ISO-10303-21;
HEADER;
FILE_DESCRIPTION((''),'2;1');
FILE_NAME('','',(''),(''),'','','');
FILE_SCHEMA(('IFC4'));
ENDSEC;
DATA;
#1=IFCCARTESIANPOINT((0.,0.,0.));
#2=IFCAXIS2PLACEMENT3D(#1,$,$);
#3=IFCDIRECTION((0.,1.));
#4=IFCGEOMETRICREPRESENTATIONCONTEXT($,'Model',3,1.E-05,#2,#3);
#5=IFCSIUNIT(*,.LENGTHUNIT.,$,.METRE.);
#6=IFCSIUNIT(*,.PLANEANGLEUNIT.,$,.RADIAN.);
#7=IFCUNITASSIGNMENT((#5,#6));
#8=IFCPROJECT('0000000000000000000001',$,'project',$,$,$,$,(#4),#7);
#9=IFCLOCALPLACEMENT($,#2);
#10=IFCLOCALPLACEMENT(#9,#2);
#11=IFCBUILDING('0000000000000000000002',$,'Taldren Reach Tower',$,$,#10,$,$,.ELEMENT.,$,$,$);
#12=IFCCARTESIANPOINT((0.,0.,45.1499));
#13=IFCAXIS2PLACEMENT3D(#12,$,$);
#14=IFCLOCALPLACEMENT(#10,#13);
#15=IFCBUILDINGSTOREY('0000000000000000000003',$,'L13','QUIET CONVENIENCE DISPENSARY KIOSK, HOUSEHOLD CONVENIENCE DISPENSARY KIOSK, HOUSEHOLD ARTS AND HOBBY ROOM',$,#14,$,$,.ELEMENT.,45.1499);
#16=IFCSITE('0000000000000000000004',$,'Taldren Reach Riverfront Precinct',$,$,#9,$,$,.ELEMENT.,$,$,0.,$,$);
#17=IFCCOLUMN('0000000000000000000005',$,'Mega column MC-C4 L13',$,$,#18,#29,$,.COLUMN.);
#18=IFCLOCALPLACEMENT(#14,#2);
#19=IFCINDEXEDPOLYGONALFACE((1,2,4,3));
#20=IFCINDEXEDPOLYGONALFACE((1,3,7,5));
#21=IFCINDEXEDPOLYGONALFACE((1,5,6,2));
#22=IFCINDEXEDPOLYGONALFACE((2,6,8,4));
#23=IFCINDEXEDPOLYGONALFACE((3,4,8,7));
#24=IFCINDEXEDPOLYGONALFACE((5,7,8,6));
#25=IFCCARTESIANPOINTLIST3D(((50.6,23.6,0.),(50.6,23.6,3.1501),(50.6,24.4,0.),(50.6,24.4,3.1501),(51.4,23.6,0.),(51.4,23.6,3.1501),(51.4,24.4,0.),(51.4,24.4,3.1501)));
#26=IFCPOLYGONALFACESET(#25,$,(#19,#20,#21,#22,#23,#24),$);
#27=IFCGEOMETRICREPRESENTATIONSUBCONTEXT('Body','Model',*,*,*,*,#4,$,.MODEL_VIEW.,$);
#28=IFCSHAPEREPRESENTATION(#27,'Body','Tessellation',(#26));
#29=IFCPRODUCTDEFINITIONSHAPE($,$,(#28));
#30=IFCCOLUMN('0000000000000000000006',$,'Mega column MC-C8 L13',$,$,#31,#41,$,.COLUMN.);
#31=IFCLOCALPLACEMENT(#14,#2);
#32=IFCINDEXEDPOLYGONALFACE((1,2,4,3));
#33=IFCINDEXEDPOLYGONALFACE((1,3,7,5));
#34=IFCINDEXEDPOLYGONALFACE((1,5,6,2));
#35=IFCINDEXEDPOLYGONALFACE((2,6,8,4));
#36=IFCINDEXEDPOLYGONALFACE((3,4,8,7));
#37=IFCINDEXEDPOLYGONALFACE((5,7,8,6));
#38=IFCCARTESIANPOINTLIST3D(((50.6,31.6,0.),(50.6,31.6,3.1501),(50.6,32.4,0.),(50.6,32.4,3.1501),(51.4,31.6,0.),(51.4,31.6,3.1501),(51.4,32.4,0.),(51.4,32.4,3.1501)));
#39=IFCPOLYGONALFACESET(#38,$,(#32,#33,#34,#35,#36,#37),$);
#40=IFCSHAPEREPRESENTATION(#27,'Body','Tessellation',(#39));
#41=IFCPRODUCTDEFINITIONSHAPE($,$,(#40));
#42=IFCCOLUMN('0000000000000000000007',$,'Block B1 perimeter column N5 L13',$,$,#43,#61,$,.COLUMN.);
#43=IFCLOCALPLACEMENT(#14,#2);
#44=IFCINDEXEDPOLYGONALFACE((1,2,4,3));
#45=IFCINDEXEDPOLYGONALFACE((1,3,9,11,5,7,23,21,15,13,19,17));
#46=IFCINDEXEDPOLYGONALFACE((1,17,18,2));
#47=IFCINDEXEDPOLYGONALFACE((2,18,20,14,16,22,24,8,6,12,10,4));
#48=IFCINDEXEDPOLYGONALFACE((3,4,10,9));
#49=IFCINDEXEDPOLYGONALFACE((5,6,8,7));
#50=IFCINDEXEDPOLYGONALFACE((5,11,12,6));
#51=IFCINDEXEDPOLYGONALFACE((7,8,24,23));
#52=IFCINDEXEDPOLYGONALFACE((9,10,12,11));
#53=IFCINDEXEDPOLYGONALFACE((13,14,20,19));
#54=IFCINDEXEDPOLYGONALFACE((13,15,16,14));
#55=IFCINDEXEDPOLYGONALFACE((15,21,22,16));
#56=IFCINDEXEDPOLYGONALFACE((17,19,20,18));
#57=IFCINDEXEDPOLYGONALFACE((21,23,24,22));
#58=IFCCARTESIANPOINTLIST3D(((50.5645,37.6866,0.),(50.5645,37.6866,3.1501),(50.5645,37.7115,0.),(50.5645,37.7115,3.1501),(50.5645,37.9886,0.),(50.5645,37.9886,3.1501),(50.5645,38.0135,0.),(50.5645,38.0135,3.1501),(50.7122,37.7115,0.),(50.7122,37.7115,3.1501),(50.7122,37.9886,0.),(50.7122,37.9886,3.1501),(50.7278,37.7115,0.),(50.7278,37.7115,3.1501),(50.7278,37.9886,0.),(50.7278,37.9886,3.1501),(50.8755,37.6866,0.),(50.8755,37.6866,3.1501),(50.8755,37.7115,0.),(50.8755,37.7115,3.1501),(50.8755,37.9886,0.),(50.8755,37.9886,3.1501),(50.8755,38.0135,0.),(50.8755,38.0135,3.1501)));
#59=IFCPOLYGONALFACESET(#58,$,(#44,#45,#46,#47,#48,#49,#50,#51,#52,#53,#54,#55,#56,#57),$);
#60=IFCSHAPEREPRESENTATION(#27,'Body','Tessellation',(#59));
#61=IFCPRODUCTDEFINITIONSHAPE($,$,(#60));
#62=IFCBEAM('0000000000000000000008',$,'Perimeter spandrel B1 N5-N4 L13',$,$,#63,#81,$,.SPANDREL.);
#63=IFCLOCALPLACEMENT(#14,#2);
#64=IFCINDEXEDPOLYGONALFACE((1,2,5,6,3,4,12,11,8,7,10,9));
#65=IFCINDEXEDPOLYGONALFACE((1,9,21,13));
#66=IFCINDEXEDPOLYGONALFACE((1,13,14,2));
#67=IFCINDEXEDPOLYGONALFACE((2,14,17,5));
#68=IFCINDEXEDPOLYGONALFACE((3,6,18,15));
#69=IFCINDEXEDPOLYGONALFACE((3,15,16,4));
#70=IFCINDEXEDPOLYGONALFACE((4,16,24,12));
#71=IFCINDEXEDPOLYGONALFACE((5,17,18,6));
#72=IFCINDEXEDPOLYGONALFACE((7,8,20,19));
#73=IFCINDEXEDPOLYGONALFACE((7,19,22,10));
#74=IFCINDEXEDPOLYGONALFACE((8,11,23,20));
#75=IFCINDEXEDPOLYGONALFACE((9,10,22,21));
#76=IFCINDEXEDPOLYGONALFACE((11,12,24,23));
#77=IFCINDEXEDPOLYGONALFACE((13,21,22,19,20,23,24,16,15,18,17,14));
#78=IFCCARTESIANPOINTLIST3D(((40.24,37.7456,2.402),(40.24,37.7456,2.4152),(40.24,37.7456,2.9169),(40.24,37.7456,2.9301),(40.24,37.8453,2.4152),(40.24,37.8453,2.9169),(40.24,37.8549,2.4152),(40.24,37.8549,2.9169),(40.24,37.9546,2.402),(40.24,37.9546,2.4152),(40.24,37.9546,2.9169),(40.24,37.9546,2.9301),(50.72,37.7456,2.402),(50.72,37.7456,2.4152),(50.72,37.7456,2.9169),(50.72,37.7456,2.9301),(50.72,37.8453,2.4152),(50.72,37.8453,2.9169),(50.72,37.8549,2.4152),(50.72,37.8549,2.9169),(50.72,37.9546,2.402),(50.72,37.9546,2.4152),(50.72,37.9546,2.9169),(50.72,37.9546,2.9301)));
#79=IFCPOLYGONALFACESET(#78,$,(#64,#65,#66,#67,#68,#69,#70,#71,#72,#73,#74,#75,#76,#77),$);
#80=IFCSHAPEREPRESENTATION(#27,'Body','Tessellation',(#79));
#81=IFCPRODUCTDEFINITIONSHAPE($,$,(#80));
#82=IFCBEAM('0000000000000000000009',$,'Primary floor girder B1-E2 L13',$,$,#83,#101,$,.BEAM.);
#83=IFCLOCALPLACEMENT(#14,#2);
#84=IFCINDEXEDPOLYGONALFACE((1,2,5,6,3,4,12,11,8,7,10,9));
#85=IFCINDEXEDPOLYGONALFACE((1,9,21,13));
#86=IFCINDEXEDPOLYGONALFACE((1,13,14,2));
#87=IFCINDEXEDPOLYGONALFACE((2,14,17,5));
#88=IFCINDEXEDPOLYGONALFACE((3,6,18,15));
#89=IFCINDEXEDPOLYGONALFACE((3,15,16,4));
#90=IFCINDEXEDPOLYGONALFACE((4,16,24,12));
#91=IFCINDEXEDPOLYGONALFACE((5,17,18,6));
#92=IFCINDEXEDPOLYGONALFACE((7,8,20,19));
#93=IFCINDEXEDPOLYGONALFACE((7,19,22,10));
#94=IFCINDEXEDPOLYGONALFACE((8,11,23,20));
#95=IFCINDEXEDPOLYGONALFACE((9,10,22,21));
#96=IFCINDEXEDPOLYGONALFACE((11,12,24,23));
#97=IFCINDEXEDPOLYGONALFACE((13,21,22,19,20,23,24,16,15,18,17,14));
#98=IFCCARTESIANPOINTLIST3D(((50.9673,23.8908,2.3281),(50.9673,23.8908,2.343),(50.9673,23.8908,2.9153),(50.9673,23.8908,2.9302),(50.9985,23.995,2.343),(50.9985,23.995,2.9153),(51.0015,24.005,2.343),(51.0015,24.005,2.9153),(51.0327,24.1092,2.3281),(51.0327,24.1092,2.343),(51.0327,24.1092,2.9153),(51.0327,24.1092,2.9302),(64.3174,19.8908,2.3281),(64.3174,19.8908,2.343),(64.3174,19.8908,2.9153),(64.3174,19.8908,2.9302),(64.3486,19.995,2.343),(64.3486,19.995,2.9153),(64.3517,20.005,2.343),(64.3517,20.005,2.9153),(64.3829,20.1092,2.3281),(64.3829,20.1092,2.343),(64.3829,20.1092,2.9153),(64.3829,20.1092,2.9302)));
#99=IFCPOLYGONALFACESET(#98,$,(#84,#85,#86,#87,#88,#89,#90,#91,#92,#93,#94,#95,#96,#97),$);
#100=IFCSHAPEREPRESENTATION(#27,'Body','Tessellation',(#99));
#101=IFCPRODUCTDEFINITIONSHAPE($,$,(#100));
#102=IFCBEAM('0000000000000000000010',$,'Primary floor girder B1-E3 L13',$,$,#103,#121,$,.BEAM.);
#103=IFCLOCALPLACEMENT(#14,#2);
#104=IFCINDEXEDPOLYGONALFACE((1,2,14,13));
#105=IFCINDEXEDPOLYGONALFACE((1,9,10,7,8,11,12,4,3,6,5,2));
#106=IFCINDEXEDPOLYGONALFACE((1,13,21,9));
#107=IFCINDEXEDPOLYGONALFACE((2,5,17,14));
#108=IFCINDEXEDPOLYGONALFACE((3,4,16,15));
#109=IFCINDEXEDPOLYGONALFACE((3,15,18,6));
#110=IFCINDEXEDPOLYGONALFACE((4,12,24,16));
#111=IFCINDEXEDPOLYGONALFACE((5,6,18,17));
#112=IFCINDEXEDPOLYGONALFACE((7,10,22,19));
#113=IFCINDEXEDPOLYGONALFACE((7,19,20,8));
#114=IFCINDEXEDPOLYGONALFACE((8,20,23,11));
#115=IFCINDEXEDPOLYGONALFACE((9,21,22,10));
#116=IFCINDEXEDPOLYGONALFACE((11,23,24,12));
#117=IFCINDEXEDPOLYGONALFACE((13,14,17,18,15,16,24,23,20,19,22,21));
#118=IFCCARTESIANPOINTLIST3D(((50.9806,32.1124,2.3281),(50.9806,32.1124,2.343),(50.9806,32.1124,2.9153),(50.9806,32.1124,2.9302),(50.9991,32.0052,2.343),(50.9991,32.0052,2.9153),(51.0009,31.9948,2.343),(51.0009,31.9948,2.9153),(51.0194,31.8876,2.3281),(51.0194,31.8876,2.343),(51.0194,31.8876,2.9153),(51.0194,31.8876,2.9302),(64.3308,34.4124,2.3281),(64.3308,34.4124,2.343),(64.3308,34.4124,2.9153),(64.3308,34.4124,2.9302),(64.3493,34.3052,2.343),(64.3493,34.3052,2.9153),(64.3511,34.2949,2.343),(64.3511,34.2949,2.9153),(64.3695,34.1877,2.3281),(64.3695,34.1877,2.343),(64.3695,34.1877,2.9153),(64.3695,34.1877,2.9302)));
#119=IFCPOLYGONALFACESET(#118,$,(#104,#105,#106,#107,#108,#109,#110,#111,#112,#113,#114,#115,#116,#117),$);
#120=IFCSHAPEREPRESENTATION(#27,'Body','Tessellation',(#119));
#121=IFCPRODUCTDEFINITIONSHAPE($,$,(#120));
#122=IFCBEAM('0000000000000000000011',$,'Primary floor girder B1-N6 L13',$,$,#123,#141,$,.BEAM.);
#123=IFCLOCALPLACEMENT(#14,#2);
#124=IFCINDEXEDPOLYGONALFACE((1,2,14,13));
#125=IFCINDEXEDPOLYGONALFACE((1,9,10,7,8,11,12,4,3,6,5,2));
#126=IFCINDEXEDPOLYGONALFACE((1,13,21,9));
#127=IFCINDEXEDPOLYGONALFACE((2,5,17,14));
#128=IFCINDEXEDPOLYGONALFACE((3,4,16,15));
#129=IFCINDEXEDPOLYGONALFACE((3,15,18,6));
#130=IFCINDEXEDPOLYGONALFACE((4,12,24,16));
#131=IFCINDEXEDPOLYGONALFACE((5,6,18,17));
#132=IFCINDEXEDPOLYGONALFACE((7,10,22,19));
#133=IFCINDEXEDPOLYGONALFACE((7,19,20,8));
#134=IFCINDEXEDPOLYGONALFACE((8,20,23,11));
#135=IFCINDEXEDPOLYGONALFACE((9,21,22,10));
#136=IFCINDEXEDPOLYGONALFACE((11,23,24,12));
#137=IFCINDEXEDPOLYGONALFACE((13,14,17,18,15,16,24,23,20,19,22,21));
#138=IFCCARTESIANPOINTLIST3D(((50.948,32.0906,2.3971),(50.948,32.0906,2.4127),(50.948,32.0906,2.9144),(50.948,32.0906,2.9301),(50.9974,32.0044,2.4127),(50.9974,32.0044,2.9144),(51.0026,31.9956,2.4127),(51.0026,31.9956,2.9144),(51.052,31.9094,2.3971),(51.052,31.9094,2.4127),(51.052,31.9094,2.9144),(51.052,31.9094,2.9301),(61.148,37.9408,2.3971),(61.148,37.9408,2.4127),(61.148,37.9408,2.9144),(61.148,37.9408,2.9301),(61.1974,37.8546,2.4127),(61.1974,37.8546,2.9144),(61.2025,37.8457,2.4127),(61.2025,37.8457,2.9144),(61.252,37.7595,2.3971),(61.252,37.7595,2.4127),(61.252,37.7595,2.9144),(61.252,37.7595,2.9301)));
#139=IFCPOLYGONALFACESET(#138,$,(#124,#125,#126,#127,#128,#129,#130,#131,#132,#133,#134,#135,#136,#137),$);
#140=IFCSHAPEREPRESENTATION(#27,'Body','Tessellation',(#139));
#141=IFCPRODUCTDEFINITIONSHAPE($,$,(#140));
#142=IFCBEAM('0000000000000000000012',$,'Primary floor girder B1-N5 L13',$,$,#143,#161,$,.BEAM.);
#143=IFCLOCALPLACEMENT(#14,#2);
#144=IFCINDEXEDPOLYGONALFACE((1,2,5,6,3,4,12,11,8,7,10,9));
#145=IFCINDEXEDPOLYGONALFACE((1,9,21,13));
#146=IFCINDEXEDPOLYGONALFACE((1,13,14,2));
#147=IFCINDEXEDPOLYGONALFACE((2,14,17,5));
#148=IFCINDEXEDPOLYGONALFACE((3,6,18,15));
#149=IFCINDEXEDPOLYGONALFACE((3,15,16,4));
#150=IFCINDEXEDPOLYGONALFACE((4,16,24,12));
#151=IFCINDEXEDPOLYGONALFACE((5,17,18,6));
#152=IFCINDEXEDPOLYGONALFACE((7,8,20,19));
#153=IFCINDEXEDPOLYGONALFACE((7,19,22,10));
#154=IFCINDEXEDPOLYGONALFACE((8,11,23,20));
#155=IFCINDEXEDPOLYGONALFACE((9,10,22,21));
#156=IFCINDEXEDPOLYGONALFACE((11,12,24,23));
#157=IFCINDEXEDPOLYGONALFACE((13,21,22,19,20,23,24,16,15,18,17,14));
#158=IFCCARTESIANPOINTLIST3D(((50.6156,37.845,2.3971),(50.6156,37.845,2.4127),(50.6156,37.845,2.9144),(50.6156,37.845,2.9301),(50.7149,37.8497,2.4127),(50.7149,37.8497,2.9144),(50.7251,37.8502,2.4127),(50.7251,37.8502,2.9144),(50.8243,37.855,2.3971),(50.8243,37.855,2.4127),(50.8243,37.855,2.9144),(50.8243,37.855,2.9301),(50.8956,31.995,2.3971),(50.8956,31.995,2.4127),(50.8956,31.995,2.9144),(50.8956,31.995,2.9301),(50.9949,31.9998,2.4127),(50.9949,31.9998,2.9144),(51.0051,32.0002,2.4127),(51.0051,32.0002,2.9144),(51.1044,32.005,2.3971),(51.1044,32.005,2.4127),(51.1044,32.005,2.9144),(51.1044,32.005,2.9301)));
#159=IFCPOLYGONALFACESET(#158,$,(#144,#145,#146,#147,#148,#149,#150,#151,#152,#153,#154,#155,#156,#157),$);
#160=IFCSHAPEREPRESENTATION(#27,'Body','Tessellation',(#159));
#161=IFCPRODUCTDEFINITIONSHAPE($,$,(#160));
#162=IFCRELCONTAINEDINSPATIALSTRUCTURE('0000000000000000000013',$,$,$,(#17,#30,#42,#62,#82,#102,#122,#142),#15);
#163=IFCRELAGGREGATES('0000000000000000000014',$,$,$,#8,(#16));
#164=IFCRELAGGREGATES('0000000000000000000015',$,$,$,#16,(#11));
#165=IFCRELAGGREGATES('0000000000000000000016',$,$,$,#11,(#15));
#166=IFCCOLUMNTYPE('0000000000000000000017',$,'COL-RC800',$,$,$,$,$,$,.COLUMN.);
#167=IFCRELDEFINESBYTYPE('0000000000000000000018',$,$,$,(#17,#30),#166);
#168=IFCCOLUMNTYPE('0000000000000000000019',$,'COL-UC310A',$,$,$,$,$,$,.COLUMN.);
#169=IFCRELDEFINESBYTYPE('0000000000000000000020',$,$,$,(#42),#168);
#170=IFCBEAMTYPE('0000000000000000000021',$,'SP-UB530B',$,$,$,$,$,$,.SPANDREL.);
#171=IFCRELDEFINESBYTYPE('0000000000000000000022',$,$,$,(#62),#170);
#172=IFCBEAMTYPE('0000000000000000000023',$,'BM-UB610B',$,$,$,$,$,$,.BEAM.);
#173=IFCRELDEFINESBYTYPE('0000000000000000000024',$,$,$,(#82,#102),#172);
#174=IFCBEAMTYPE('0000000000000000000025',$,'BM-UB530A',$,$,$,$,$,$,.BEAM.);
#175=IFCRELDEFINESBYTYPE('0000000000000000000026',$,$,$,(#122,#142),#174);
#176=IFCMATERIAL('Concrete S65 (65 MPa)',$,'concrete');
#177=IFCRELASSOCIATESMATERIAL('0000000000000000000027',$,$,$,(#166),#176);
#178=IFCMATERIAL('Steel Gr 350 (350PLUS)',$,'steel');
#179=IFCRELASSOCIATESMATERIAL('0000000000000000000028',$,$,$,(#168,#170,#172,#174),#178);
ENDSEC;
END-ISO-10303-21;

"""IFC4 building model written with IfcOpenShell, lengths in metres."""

from ifc_helpers import new_model, si_unit, direction, frame, origin, origin_2d, place, context, subcontext, project, spatial, rectangle, i_section, extrude, source, transform, mapped, material, material_profile, profile_set, type_object, element, save


model = new_model("IFC4")

# Units and contexts
model_context = context("Model", 3, precision=1e-05, world=origin(), true_north=direction((0.0, 1.0)))
body_context = subcontext(model_context, "Body", "Model", "MODEL_VIEW")
ifc_project = project(units=[si_unit("LENGTHUNIT", "METRE"), si_unit("PLANEANGLEUNIT", "RADIAN")], contexts=[model_context])

# Site, building, storey
site_placement = place(None, origin())
site = spatial("IfcSite", under=ifc_project, at=site_placement, Name="Taldren Reach Riverfront Precinct", CompositionType="ELEMENT", RefElevation=0.0)
building_placement = place(site_placement, origin())
building = spatial("IfcBuilding", under=site, at=building_placement, Name="Taldren Reach Tower", CompositionType="ELEMENT")
storey_placement = place(building_placement, frame((0.0, 0.0, 45.1499)))
storey = spatial("IfcBuildingStorey", under=building, at=storey_placement, Name="L13", Description="QUIET CONVENIENCE DISPENSARY KIOSK, HOUSEHOLD CONVENIENCE DISPENSARY KIOSK, HOUSEHOLD ARTS AND HOBBY ROOM", CompositionType="ELEMENT", Elevation=45.1499)

# Columns
ifc_material_1 = material(Name="Concrete S65 (65 MPa)", Category="concrete")
ifc_material_profile_1 = material_profile(ifc_material_1, rectangle(XDim=0.8, YDim=0.8, at=origin_2d()), Name="RC-800x800")
ifc_profile_set_1 = profile_set([ifc_material_profile_1], Name="Concrete S65 (65 MPa)")
column_type_1 = type_object("IfcColumnType", Name="COL-RC800", PredefinedType="COLUMN", material=ifc_profile_set_1)
shared_shape_1 = source(origin(), body_context, "Body", "SweptSolid", [
    extrude(rectangle(XDim=0.8, YDim=0.8, at=origin_2d()), origin(), (0.0, 0.0, 1.0), 3.1501),
])
for number, where, z_axis, x_axis, name in (
    (1, (51.0, 24.0, 0.0), (0.0, 0.0, 1.0), (1.0, 0.0, 0.0), "Mega column MC-C4 L13"),
    (2, (51.0, 32.0, 0.0), (0.0, 0.0, 1.0), (1.0, 0.0, 0.0), "Mega column MC-C8 L13"),
):
    element("IfcColumn", number, at=place(storey_placement, frame(where, z_axis=z_axis, x_axis=x_axis)), inside=storey, type_object=column_type_1, Name=name, PredefinedType="COLUMN", context=body_context, shape_type="MappedRepresentation", body=[
        mapped(shared_shape_1, transform((0.0, 0.0, 0.0), scale=1.0)),
    ])
ifc_material_2 = material(Name="Steel Gr 350 (350PLUS)", Category="steel")
ifc_material_profile_2 = material_profile(ifc_material_2, i_section(OverallWidth=0.311, OverallDepth=0.3269, WebThickness=0.0156, FlangeThickness=0.0249, at=origin_2d()), Name="310UC158")
ifc_profile_set_2 = profile_set([ifc_material_profile_2], Name="Steel Gr 350 (350PLUS)")
column_type_2 = type_object("IfcColumnType", Name="COL-UC310A", PredefinedType="COLUMN", material=ifc_profile_set_2)
shared_shape_2 = source(origin(), body_context, "Body", "SweptSolid", [
    extrude(i_section(OverallWidth=0.311, OverallDepth=0.3269, WebThickness=0.0156, FlangeThickness=0.0249, at=origin_2d()), origin(), (0.0, 0.0, 1.0), 3.1501),
])
column_placement = place(storey_placement, frame((50.72, 37.8501, 0.0), z_axis=(0.0, 0.0, 1.0), x_axis=(1.0, 0.0, 0.0)))
element("IfcColumn", 3, at=column_placement, inside=storey, type_object=column_type_2, Name="Block B1 perimeter column N5 L13", PredefinedType="COLUMN", context=body_context, shape_type="MappedRepresentation", body=[
    mapped(shared_shape_2, transform((0.0, 0.0, 0.0), scale=1.0)),
])

# Beams
ifc_material_profile_3 = material_profile(ifc_material_2, i_section(OverallWidth=0.209, OverallDepth=0.5281, WebThickness=0.0095, FlangeThickness=0.0132, at=origin_2d()), Name="530UB82.0")
ifc_profile_set_3 = profile_set([ifc_material_profile_3], Name="Steel Gr 350 (350PLUS)")
beam_type_1 = type_object("IfcBeamType", Name="SP-UB530B", PredefinedType="SPANDREL", material=ifc_profile_set_3)
shared_shape_3 = source(origin(), body_context, "Body", "SweptSolid", [
    extrude(i_section(OverallWidth=0.209, OverallDepth=0.5281, WebThickness=0.0095, FlangeThickness=0.0132, at=origin_2d()), origin(), (0.0, 0.0, 1.0), 10.48),
])
beam_1_placement = place(storey_placement, frame((50.72, 37.8501, 2.666), z_axis=(-1.0, 0.0, 0.0), x_axis=(0.0, -1.0, 0.0)))
element("IfcBeam", 4, at=beam_1_placement, inside=storey, type_object=beam_type_1, Name="Perimeter spandrel B1 N5-N4 L13", PredefinedType="SPANDREL", context=body_context, shape_type="MappedRepresentation", body=[
    mapped(shared_shape_3, transform((0.0, 0.0, 0.0), scale=1.0)),
])
ifc_material_profile_4 = material_profile(ifc_material_2, i_section(OverallWidth=0.228, OverallDepth=0.6021, WebThickness=0.0105, FlangeThickness=0.0149, at=origin_2d()), Name="610UB101")
ifc_profile_set_4 = profile_set([ifc_material_profile_4], Name="Steel Gr 350 (350PLUS)")
beam_type_2 = type_object("IfcBeamType", Name="BM-UB610B", PredefinedType="BEAM", material=ifc_profile_set_4)
shared_shape_4 = source(origin(), body_context, "Body", "SweptSolid", [
    extrude(i_section(OverallWidth=0.228, OverallDepth=0.6021, WebThickness=0.0105, FlangeThickness=0.0149, at=origin_2d()), origin(), (0.0, 0.0, 1.0), 13.9365),
])
beam_2_placement = place(storey_placement, frame((51.0, 24.0, 2.6292), z_axis=(0.957926, -0.287017, 0.0), x_axis=(0.287017, 0.957926, 0.0)))
element("IfcBeam", 5, at=beam_2_placement, inside=storey, type_object=beam_type_2, Name="Primary floor girder B1-E2 L13", PredefinedType="BEAM", context=body_context, shape_type="MappedRepresentation", body=[
    mapped(shared_shape_4, transform((0.0, 0.0, 0.0), scale=1.0)),
])
shared_shape_5 = source(origin(), body_context, "Body", "SweptSolid", [
    extrude(i_section(OverallWidth=0.228, OverallDepth=0.6021, WebThickness=0.0105, FlangeThickness=0.0149, at=origin_2d()), origin(), (0.0, 0.0, 1.0), 13.5469),
])
beam_3_placement = place(storey_placement, frame((51.0, 32.0, 2.6292), z_axis=(0.985481, 0.169786, 0.0), x_axis=(-0.169786, 0.985481, 0.0)))
element("IfcBeam", 6, at=beam_3_placement, inside=storey, type_object=beam_type_2, Name="Primary floor girder B1-E3 L13", PredefinedType="BEAM", context=body_context, shape_type="MappedRepresentation", body=[
    mapped(shared_shape_5, transform((0.0, 0.0, 0.0), scale=1.0)),
])
ifc_material_profile_5 = material_profile(ifc_material_2, i_section(OverallWidth=0.209, OverallDepth=0.533, WebThickness=0.0103, FlangeThickness=0.0156, at=origin_2d()), Name="530UB92.4")
ifc_profile_set_5 = profile_set([ifc_material_profile_5], Name="Steel Gr 350 (350PLUS)")
beam_type_3 = type_object("IfcBeamType", Name="BM-UB530A", PredefinedType="BEAM", material=ifc_profile_set_5)
shared_shape_6 = source(origin(), body_context, "Body", "SweptSolid", [
    extrude(i_section(OverallWidth=0.209, OverallDepth=0.533, WebThickness=0.0103, FlangeThickness=0.0156, at=origin_2d()), origin(), (0.0, 0.0, 1.0), 11.7585),
])
beam_4_placement = place(storey_placement, frame((51.0, 32.0, 2.6636), z_axis=(0.867452, 0.49752, 0.0), x_axis=(-0.49752, 0.867452, 0.0)))
element("IfcBeam", 7, at=beam_4_placement, inside=storey, type_object=beam_type_3, Name="Primary floor girder B1-N6 L13", PredefinedType="BEAM", context=body_context, shape_type="MappedRepresentation", body=[
    mapped(shared_shape_6, transform((0.0, 0.0, 0.0), scale=1.0)),
])
shared_shape_7 = source(origin(), body_context, "Body", "SweptSolid", [
    extrude(i_section(OverallWidth=0.209, OverallDepth=0.533, WebThickness=0.0103, FlangeThickness=0.0156, at=origin_2d()), origin(), (0.0, 0.0, 1.0), 5.8567),
])
beam_5_placement = place(storey_placement, frame((51.0, 32.0, 2.6636), z_axis=(-0.047813, 0.998856, 0.0), x_axis=(-0.998856, -0.047813, 0.0)))
element("IfcBeam", 8, at=beam_5_placement, inside=storey, type_object=beam_type_3, Name="Primary floor girder B1-N5 L13", PredefinedType="BEAM", context=body_context, shape_type="MappedRepresentation", body=[
    mapped(shared_shape_7, transform((0.0, 0.0, 0.0), scale=1.0)),
])

save(model, "model.ifc")
